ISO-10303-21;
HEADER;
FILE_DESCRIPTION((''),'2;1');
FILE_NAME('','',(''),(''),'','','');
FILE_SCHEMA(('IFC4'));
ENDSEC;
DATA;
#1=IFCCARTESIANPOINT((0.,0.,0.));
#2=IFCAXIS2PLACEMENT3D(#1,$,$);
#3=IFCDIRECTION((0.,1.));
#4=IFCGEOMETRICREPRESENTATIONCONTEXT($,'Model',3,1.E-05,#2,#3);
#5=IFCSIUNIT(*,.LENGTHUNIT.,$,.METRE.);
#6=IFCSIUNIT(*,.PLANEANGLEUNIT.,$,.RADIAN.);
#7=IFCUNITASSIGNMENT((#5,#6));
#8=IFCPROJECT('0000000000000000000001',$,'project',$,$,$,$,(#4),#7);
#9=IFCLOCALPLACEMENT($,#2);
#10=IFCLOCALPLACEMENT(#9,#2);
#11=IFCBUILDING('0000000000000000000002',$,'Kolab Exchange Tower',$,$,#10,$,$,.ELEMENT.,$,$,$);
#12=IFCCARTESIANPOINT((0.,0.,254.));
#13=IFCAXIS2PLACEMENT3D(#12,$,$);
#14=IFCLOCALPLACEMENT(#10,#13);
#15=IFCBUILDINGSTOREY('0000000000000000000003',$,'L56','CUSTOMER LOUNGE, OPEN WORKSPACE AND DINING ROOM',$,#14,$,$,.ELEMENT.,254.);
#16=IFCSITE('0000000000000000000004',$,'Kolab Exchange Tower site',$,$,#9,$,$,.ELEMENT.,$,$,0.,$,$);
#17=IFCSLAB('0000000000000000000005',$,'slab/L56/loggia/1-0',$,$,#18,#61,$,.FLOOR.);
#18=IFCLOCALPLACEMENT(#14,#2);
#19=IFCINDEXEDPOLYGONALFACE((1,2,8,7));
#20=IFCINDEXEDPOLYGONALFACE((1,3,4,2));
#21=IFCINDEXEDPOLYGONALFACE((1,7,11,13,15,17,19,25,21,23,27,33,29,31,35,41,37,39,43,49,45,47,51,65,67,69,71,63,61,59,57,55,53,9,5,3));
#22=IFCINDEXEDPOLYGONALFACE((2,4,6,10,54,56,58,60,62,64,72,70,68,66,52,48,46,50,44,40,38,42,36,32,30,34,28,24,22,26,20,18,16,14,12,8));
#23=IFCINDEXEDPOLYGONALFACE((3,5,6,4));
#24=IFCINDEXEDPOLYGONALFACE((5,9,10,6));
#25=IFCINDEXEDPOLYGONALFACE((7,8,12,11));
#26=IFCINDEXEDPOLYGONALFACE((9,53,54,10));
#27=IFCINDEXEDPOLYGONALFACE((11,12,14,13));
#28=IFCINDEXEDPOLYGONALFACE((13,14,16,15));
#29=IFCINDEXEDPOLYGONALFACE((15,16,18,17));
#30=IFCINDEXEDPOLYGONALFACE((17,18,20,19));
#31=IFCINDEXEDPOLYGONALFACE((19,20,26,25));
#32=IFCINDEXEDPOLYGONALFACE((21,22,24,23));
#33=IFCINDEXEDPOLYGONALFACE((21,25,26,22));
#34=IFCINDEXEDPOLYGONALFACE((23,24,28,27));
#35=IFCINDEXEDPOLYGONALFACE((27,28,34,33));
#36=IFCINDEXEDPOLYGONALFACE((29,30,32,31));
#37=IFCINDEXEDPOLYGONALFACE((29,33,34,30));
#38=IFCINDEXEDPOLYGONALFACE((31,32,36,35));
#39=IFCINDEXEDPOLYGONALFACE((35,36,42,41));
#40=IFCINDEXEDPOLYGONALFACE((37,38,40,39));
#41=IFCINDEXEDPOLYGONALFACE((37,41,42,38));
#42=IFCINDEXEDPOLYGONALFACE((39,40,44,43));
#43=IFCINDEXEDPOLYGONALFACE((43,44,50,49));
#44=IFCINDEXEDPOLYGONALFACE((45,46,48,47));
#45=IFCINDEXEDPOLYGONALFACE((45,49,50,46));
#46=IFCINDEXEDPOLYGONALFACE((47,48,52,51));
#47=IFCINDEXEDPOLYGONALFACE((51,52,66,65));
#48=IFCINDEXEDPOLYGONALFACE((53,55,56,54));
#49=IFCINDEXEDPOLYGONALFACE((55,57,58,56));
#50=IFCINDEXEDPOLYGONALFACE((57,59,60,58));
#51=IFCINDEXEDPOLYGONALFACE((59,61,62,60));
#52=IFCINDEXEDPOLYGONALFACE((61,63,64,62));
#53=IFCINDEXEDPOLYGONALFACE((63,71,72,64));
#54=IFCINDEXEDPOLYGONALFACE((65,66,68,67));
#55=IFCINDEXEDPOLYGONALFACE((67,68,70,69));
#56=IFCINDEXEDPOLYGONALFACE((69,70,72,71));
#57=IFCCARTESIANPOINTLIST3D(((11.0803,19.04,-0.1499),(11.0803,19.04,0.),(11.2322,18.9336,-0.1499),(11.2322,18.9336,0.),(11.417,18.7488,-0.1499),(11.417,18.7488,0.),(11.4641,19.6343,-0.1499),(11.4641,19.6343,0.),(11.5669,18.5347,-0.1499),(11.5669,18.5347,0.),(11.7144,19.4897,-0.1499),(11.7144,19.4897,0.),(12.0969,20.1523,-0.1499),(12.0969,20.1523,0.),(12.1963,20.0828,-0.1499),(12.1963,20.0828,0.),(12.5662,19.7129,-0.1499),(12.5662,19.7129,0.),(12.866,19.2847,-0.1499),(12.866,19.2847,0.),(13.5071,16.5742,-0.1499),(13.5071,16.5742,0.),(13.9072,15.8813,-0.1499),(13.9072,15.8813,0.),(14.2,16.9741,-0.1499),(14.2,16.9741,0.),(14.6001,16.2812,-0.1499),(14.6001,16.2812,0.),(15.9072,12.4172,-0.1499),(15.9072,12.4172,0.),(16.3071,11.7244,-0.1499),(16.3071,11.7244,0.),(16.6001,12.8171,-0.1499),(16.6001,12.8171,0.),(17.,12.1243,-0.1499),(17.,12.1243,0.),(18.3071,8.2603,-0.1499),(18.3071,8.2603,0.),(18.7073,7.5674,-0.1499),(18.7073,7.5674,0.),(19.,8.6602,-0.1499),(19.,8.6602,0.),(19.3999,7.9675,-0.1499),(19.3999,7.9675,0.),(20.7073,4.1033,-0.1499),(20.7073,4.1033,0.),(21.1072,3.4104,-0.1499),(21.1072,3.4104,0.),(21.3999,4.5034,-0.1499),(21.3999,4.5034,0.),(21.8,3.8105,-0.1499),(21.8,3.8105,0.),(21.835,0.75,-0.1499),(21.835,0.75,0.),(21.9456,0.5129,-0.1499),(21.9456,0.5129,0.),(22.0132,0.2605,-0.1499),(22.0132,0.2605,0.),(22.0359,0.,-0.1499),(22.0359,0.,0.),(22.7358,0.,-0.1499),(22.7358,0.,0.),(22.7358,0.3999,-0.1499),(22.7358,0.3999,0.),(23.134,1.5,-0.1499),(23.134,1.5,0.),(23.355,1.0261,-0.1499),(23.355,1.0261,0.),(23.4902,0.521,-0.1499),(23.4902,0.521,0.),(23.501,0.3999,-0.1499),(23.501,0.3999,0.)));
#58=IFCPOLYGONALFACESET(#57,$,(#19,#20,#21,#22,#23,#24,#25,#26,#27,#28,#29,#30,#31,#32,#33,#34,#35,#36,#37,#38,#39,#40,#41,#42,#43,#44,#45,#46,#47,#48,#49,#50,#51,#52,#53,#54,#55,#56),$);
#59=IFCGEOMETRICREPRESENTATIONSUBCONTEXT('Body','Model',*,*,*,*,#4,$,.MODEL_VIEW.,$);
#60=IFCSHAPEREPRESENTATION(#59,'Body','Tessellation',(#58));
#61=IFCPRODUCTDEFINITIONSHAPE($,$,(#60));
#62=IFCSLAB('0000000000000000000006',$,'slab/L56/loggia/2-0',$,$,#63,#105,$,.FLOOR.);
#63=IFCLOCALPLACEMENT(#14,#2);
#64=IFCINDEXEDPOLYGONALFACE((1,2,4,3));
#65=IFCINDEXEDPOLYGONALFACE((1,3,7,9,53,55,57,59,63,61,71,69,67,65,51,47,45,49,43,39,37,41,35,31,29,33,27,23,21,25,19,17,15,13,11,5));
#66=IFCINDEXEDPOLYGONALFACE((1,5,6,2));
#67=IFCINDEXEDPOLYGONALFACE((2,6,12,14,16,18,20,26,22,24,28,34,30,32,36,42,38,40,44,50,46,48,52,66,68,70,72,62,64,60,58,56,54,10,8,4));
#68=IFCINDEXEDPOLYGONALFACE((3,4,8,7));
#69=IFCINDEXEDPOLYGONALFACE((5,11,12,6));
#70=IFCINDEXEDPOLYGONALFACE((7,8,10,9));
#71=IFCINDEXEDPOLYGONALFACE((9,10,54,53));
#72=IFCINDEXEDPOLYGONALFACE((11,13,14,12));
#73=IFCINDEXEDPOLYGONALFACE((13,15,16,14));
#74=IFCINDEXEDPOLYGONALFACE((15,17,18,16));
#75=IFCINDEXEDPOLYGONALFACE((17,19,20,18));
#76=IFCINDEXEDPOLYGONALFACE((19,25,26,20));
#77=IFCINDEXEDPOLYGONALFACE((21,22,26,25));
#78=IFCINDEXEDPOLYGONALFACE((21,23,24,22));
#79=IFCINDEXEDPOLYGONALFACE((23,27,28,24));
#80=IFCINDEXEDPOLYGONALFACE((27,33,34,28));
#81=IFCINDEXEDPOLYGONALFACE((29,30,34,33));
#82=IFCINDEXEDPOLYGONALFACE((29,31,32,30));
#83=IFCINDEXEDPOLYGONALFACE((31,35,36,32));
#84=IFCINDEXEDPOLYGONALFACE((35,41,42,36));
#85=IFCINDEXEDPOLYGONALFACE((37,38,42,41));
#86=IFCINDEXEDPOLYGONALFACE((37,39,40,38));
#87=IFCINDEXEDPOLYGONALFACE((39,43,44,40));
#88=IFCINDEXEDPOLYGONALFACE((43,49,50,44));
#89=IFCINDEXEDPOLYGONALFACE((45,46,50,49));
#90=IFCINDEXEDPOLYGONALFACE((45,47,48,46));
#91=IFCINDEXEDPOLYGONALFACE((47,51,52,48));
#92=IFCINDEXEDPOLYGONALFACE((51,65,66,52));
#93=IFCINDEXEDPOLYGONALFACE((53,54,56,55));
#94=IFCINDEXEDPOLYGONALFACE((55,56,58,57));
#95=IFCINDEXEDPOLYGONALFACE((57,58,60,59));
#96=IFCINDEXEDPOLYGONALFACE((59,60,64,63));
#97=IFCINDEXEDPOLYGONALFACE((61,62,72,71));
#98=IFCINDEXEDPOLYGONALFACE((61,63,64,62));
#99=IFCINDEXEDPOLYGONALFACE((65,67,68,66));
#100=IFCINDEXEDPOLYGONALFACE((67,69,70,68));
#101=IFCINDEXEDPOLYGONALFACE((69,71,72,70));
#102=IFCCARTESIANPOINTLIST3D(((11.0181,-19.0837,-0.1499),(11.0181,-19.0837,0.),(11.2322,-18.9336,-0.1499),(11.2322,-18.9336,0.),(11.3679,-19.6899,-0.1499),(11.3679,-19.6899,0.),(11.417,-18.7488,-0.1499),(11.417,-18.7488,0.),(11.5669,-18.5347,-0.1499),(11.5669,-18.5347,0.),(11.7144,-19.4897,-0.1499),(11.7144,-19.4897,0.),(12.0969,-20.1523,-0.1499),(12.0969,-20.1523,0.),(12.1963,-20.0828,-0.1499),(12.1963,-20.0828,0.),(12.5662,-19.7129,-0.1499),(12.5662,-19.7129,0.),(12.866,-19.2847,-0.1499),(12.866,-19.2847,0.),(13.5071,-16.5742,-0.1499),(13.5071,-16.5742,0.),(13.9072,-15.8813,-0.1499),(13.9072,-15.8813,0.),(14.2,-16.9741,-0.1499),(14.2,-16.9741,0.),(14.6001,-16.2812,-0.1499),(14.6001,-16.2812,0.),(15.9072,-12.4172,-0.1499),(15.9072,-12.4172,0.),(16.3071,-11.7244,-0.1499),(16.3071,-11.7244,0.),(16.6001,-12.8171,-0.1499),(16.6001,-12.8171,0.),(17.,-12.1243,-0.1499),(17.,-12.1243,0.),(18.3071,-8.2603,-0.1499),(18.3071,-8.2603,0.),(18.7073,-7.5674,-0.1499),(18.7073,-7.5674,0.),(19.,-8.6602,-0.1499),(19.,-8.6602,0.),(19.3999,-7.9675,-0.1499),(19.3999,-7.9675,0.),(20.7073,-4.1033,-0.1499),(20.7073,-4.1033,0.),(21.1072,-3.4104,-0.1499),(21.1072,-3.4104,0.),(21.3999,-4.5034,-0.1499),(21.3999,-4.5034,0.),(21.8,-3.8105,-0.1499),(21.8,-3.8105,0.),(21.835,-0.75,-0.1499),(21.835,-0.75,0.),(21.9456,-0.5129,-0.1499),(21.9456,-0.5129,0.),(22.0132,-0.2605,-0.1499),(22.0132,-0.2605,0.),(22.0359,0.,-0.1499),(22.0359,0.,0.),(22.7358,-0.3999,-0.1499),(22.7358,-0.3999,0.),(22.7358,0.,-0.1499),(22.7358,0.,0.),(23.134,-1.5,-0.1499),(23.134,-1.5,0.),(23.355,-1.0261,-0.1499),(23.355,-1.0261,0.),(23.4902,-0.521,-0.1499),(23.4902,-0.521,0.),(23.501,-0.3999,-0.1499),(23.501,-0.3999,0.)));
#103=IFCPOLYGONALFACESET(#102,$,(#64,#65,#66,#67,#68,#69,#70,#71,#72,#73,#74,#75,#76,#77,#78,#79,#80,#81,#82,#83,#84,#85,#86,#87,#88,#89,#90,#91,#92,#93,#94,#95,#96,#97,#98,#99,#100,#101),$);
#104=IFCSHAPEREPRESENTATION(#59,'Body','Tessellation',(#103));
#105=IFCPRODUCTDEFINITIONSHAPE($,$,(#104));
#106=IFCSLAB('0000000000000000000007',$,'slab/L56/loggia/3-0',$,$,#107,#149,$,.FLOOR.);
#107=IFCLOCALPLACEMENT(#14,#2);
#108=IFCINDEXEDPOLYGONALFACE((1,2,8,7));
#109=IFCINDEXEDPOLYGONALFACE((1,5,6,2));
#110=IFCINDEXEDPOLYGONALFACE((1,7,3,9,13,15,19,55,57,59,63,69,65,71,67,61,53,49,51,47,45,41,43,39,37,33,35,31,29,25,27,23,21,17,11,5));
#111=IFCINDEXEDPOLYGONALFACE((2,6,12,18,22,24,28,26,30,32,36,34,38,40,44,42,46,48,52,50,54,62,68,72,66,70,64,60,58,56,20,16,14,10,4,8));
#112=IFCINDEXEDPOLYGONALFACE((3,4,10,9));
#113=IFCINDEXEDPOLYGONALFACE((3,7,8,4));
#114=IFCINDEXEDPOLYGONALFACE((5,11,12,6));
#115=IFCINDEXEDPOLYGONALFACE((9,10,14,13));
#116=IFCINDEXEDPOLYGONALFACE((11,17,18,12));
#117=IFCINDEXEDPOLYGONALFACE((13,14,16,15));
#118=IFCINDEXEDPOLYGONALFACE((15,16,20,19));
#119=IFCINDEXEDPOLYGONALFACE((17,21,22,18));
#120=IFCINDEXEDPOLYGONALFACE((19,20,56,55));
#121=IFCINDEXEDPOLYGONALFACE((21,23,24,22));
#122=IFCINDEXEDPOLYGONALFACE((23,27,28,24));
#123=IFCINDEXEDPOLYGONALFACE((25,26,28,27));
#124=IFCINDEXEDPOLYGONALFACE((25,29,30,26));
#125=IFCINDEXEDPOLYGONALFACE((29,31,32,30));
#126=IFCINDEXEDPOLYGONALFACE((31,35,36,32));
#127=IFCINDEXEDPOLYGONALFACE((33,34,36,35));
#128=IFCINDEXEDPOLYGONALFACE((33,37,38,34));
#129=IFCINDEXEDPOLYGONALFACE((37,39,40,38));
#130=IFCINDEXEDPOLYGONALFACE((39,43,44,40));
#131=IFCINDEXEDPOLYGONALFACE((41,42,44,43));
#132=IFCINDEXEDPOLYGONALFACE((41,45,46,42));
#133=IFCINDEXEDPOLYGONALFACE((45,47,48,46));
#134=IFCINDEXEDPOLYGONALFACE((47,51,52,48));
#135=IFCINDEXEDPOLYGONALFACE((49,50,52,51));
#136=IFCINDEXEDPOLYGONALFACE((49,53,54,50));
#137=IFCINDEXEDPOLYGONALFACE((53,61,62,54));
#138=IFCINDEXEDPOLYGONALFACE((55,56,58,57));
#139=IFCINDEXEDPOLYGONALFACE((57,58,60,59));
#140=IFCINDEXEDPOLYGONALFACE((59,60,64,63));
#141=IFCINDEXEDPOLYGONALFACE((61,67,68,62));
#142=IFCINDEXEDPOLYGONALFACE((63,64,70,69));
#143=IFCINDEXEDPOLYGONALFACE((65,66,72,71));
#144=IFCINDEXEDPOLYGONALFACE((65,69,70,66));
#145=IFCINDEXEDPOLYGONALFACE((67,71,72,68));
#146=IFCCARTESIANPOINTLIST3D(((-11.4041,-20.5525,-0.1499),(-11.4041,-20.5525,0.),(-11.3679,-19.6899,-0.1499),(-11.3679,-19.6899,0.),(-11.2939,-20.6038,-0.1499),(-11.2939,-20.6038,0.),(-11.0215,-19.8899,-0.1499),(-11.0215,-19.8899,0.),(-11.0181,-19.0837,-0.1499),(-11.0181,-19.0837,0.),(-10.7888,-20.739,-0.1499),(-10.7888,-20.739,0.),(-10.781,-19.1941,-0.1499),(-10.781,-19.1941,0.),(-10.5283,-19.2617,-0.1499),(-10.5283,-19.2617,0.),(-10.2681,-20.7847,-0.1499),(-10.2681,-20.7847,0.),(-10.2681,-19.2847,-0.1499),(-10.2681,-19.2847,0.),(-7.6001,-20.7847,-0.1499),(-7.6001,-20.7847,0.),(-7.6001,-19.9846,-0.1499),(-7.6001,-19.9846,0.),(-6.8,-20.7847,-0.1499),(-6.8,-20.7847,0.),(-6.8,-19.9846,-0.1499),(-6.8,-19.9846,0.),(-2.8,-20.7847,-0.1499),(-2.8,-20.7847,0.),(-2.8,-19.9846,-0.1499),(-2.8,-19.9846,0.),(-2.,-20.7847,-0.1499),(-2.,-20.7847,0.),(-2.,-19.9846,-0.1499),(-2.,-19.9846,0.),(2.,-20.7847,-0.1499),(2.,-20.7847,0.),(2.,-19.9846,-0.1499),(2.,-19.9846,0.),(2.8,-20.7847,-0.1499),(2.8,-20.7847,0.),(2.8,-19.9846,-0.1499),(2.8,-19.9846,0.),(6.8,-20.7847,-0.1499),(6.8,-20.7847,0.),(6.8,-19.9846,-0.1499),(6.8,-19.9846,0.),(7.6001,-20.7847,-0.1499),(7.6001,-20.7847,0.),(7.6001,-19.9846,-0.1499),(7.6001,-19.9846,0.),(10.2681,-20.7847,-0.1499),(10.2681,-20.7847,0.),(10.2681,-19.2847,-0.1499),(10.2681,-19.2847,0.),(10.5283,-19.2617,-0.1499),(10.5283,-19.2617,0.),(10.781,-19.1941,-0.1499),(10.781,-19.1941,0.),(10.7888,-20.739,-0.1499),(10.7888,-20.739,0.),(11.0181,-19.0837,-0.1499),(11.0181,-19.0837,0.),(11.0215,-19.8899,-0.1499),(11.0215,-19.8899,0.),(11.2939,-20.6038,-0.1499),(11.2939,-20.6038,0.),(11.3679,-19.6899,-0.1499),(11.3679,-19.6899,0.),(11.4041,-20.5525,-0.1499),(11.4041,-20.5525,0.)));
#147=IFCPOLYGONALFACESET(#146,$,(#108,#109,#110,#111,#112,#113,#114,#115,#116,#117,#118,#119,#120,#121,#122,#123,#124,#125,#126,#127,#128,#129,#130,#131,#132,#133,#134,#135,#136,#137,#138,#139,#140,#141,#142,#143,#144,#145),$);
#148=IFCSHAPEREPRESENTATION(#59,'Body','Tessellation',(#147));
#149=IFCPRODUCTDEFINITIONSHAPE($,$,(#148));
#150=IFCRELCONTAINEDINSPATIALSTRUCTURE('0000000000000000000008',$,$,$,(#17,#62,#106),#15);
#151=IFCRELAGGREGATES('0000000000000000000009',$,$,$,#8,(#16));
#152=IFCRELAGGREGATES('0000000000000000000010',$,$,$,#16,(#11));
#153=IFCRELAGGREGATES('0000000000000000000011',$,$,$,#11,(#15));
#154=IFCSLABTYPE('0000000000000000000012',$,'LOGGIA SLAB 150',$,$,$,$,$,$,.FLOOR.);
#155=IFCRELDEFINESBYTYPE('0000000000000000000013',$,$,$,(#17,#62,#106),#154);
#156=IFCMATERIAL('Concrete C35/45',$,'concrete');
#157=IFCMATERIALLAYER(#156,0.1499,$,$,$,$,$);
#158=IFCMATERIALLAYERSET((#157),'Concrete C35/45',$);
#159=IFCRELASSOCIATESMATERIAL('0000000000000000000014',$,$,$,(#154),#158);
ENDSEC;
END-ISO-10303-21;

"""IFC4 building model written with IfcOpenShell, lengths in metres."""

from ifc_helpers import new_model, si_unit, direction, frame, origin, place, context, subcontext, project, spatial, polyline, outline, extrude, material, layer, layer_set, type_object, element, save


model = new_model("IFC4")

# Units and contexts
model_context = context("Model", 3, precision=1e-05, world=origin(), true_north=direction((0.0, 1.0)))
body_context = subcontext(model_context, "Body", "Model", "MODEL_VIEW")
ifc_project = project(units=[si_unit("LENGTHUNIT", "METRE"), si_unit("PLANEANGLEUNIT", "RADIAN")], contexts=[model_context])

# Site, building, storey
site_placement = place(None, origin())
site = spatial("IfcSite", under=ifc_project, at=site_placement, Name="Kolab Exchange Tower site", CompositionType="ELEMENT", RefElevation=0.0)
building_placement = place(site_placement, origin())
building = spatial("IfcBuilding", under=site, at=building_placement, Name="Kolab Exchange Tower", CompositionType="ELEMENT")
storey_placement = place(building_placement, frame((0.0, 0.0, 254.0)))
storey = spatial("IfcBuildingStorey", under=building, at=storey_placement, Name="L56", Description="CUSTOMER LOUNGE, OPEN WORKSPACE AND DINING ROOM", CompositionType="ELEMENT", Elevation=254.0)

# Slabs
ifc_material_1 = material(Name="Concrete C35/45", Category="concrete")
ifc_layer_1 = layer(ifc_material_1, 0.1499)
ifc_layer_set_1 = layer_set([ifc_layer_1], Name="Concrete C35/45")
slab_type_1 = type_object("IfcSlabType", Name="LOGGIA SLAB 150", PredefinedType="FLOOR", material=ifc_layer_set_1)
slab_1_placement = place(storey_placement, frame((0.0, 0.0, -0.1499)))
element("IfcSlab", 1, at=slab_1_placement, inside=storey, type_object=slab_type_1, Name="slab/L56/loggia/1-0", PredefinedType="FLOOR", context=body_context, shape_type="SweptSolid", body=[
    extrude(outline(polyline([(22.0132, 0.2605), (22.0359, 0.0), (22.7358, 0.0), (22.7358, 0.3999), (23.501, 0.3999), (23.4902, 0.521), (23.355, 1.0261), (23.134, 1.5), (21.8, 3.8105), (21.1072, 3.4104), (20.7073, 4.1033), (21.3999, 4.5034), (19.3999, 7.9675), (18.7073, 7.5674), (18.3071, 8.2603), (19.0, 8.6602), (17.0, 12.1243), (16.3071, 11.7244), (15.9072, 12.4172), (16.6001, 12.8171), (14.6001, 16.2812), (13.9072, 15.8813), (13.5071, 16.5742), (14.2, 16.9741), (12.866, 19.2847), (12.5662, 19.7129), (12.1963, 20.0828), (12.0969, 20.1523), (11.7144, 19.4897), (11.4641, 19.6343), (11.0803, 19.04), (11.2322, 18.9336), (11.417, 18.7488), (11.5669, 18.5347), (21.835, 0.75), (21.9456, 0.5129), (22.0132, 0.2605)])), origin(), (0.0, 0.0, 1.0), 0.1499),
])
slab_2_placement = place(storey_placement, frame((0.0, 0.0, -0.1499)))
element("IfcSlab", 2, at=slab_2_placement, inside=storey, type_object=slab_type_1, Name="slab/L56/loggia/2-0", PredefinedType="FLOOR", context=body_context, shape_type="SweptSolid", body=[
    extrude(outline(polyline([(12.5662, -19.7129), (12.866, -19.2847), (14.2, -16.9741), (13.5071, -16.5742), (13.9072, -15.8813), (14.6001, -16.2812), (16.6001, -12.8171), (15.9072, -12.4172), (16.3071, -11.7244), (17.0, -12.1243), (19.0, -8.6602), (18.3071, -8.2603), (18.7073, -7.5674), (19.3999, -7.9675), (21.3999, -4.5034), (20.7073, -4.1033), (21.1072, -3.4104), (21.8, -3.8105), (23.134, -1.5), (23.355, -1.0261), (23.4902, -0.521), (23.501, -0.3999), (22.7358, -0.3999), (22.7358, 0.0), (22.0359, 0.0), (22.0132, -0.2605), (21.9456, -0.5129), (21.835, -0.75), (11.5669, -18.5347), (11.417, -18.7488), (11.2322, -18.9336), (11.0181, -19.0837), (11.3679, -19.6899), (11.7144, -19.4897), (12.0969, -20.1523), (12.1963, -20.0828), (12.5662, -19.7129)])), origin(), (0.0, 0.0, 1.0), 0.1499),
])
slab_3_placement = place(storey_placement, frame((0.0, 0.0, -0.1499)))
element("IfcSlab", 3, at=slab_3_placement, inside=storey, type_object=slab_type_1, Name="slab/L56/loggia/3-0", PredefinedType="FLOOR", context=body_context, shape_type="SweptSolid", body=[
    extrude(outline(polyline([(-10.781, -19.1941), (-11.0181, -19.0837), (-11.3679, -19.6899), (-11.0215, -19.8899), (-11.4041, -20.5525), (-11.2939, -20.6038), (-10.7888, -20.739), (-10.2681, -20.7847), (-7.6001, -20.7847), (-7.6001, -19.9846), (-6.8, -19.9846), (-6.8, -20.7847), (-2.8, -20.7847), (-2.8, -19.9846), (-2.0, -19.9846), (-2.0, -20.7847), (2.0, -20.7847), (2.0, -19.9846), (2.8, -19.9846), (2.8, -20.7847), (6.8, -20.7847), (6.8, -19.9846), (7.6001, -19.9846), (7.6001, -20.7847), (10.2681, -20.7847), (10.7888, -20.739), (11.2939, -20.6038), (11.4041, -20.5525), (11.0215, -19.8899), (11.3679, -19.6899), (11.0181, -19.0837), (10.781, -19.1941), (10.5283, -19.2617), (10.2681, -19.2847), (-10.2681, -19.2847), (-10.5283, -19.2617), (-10.781, -19.1941)])), origin(), (0.0, 0.0, 1.0), 0.1499),
])

save(model, "model.ifc")
